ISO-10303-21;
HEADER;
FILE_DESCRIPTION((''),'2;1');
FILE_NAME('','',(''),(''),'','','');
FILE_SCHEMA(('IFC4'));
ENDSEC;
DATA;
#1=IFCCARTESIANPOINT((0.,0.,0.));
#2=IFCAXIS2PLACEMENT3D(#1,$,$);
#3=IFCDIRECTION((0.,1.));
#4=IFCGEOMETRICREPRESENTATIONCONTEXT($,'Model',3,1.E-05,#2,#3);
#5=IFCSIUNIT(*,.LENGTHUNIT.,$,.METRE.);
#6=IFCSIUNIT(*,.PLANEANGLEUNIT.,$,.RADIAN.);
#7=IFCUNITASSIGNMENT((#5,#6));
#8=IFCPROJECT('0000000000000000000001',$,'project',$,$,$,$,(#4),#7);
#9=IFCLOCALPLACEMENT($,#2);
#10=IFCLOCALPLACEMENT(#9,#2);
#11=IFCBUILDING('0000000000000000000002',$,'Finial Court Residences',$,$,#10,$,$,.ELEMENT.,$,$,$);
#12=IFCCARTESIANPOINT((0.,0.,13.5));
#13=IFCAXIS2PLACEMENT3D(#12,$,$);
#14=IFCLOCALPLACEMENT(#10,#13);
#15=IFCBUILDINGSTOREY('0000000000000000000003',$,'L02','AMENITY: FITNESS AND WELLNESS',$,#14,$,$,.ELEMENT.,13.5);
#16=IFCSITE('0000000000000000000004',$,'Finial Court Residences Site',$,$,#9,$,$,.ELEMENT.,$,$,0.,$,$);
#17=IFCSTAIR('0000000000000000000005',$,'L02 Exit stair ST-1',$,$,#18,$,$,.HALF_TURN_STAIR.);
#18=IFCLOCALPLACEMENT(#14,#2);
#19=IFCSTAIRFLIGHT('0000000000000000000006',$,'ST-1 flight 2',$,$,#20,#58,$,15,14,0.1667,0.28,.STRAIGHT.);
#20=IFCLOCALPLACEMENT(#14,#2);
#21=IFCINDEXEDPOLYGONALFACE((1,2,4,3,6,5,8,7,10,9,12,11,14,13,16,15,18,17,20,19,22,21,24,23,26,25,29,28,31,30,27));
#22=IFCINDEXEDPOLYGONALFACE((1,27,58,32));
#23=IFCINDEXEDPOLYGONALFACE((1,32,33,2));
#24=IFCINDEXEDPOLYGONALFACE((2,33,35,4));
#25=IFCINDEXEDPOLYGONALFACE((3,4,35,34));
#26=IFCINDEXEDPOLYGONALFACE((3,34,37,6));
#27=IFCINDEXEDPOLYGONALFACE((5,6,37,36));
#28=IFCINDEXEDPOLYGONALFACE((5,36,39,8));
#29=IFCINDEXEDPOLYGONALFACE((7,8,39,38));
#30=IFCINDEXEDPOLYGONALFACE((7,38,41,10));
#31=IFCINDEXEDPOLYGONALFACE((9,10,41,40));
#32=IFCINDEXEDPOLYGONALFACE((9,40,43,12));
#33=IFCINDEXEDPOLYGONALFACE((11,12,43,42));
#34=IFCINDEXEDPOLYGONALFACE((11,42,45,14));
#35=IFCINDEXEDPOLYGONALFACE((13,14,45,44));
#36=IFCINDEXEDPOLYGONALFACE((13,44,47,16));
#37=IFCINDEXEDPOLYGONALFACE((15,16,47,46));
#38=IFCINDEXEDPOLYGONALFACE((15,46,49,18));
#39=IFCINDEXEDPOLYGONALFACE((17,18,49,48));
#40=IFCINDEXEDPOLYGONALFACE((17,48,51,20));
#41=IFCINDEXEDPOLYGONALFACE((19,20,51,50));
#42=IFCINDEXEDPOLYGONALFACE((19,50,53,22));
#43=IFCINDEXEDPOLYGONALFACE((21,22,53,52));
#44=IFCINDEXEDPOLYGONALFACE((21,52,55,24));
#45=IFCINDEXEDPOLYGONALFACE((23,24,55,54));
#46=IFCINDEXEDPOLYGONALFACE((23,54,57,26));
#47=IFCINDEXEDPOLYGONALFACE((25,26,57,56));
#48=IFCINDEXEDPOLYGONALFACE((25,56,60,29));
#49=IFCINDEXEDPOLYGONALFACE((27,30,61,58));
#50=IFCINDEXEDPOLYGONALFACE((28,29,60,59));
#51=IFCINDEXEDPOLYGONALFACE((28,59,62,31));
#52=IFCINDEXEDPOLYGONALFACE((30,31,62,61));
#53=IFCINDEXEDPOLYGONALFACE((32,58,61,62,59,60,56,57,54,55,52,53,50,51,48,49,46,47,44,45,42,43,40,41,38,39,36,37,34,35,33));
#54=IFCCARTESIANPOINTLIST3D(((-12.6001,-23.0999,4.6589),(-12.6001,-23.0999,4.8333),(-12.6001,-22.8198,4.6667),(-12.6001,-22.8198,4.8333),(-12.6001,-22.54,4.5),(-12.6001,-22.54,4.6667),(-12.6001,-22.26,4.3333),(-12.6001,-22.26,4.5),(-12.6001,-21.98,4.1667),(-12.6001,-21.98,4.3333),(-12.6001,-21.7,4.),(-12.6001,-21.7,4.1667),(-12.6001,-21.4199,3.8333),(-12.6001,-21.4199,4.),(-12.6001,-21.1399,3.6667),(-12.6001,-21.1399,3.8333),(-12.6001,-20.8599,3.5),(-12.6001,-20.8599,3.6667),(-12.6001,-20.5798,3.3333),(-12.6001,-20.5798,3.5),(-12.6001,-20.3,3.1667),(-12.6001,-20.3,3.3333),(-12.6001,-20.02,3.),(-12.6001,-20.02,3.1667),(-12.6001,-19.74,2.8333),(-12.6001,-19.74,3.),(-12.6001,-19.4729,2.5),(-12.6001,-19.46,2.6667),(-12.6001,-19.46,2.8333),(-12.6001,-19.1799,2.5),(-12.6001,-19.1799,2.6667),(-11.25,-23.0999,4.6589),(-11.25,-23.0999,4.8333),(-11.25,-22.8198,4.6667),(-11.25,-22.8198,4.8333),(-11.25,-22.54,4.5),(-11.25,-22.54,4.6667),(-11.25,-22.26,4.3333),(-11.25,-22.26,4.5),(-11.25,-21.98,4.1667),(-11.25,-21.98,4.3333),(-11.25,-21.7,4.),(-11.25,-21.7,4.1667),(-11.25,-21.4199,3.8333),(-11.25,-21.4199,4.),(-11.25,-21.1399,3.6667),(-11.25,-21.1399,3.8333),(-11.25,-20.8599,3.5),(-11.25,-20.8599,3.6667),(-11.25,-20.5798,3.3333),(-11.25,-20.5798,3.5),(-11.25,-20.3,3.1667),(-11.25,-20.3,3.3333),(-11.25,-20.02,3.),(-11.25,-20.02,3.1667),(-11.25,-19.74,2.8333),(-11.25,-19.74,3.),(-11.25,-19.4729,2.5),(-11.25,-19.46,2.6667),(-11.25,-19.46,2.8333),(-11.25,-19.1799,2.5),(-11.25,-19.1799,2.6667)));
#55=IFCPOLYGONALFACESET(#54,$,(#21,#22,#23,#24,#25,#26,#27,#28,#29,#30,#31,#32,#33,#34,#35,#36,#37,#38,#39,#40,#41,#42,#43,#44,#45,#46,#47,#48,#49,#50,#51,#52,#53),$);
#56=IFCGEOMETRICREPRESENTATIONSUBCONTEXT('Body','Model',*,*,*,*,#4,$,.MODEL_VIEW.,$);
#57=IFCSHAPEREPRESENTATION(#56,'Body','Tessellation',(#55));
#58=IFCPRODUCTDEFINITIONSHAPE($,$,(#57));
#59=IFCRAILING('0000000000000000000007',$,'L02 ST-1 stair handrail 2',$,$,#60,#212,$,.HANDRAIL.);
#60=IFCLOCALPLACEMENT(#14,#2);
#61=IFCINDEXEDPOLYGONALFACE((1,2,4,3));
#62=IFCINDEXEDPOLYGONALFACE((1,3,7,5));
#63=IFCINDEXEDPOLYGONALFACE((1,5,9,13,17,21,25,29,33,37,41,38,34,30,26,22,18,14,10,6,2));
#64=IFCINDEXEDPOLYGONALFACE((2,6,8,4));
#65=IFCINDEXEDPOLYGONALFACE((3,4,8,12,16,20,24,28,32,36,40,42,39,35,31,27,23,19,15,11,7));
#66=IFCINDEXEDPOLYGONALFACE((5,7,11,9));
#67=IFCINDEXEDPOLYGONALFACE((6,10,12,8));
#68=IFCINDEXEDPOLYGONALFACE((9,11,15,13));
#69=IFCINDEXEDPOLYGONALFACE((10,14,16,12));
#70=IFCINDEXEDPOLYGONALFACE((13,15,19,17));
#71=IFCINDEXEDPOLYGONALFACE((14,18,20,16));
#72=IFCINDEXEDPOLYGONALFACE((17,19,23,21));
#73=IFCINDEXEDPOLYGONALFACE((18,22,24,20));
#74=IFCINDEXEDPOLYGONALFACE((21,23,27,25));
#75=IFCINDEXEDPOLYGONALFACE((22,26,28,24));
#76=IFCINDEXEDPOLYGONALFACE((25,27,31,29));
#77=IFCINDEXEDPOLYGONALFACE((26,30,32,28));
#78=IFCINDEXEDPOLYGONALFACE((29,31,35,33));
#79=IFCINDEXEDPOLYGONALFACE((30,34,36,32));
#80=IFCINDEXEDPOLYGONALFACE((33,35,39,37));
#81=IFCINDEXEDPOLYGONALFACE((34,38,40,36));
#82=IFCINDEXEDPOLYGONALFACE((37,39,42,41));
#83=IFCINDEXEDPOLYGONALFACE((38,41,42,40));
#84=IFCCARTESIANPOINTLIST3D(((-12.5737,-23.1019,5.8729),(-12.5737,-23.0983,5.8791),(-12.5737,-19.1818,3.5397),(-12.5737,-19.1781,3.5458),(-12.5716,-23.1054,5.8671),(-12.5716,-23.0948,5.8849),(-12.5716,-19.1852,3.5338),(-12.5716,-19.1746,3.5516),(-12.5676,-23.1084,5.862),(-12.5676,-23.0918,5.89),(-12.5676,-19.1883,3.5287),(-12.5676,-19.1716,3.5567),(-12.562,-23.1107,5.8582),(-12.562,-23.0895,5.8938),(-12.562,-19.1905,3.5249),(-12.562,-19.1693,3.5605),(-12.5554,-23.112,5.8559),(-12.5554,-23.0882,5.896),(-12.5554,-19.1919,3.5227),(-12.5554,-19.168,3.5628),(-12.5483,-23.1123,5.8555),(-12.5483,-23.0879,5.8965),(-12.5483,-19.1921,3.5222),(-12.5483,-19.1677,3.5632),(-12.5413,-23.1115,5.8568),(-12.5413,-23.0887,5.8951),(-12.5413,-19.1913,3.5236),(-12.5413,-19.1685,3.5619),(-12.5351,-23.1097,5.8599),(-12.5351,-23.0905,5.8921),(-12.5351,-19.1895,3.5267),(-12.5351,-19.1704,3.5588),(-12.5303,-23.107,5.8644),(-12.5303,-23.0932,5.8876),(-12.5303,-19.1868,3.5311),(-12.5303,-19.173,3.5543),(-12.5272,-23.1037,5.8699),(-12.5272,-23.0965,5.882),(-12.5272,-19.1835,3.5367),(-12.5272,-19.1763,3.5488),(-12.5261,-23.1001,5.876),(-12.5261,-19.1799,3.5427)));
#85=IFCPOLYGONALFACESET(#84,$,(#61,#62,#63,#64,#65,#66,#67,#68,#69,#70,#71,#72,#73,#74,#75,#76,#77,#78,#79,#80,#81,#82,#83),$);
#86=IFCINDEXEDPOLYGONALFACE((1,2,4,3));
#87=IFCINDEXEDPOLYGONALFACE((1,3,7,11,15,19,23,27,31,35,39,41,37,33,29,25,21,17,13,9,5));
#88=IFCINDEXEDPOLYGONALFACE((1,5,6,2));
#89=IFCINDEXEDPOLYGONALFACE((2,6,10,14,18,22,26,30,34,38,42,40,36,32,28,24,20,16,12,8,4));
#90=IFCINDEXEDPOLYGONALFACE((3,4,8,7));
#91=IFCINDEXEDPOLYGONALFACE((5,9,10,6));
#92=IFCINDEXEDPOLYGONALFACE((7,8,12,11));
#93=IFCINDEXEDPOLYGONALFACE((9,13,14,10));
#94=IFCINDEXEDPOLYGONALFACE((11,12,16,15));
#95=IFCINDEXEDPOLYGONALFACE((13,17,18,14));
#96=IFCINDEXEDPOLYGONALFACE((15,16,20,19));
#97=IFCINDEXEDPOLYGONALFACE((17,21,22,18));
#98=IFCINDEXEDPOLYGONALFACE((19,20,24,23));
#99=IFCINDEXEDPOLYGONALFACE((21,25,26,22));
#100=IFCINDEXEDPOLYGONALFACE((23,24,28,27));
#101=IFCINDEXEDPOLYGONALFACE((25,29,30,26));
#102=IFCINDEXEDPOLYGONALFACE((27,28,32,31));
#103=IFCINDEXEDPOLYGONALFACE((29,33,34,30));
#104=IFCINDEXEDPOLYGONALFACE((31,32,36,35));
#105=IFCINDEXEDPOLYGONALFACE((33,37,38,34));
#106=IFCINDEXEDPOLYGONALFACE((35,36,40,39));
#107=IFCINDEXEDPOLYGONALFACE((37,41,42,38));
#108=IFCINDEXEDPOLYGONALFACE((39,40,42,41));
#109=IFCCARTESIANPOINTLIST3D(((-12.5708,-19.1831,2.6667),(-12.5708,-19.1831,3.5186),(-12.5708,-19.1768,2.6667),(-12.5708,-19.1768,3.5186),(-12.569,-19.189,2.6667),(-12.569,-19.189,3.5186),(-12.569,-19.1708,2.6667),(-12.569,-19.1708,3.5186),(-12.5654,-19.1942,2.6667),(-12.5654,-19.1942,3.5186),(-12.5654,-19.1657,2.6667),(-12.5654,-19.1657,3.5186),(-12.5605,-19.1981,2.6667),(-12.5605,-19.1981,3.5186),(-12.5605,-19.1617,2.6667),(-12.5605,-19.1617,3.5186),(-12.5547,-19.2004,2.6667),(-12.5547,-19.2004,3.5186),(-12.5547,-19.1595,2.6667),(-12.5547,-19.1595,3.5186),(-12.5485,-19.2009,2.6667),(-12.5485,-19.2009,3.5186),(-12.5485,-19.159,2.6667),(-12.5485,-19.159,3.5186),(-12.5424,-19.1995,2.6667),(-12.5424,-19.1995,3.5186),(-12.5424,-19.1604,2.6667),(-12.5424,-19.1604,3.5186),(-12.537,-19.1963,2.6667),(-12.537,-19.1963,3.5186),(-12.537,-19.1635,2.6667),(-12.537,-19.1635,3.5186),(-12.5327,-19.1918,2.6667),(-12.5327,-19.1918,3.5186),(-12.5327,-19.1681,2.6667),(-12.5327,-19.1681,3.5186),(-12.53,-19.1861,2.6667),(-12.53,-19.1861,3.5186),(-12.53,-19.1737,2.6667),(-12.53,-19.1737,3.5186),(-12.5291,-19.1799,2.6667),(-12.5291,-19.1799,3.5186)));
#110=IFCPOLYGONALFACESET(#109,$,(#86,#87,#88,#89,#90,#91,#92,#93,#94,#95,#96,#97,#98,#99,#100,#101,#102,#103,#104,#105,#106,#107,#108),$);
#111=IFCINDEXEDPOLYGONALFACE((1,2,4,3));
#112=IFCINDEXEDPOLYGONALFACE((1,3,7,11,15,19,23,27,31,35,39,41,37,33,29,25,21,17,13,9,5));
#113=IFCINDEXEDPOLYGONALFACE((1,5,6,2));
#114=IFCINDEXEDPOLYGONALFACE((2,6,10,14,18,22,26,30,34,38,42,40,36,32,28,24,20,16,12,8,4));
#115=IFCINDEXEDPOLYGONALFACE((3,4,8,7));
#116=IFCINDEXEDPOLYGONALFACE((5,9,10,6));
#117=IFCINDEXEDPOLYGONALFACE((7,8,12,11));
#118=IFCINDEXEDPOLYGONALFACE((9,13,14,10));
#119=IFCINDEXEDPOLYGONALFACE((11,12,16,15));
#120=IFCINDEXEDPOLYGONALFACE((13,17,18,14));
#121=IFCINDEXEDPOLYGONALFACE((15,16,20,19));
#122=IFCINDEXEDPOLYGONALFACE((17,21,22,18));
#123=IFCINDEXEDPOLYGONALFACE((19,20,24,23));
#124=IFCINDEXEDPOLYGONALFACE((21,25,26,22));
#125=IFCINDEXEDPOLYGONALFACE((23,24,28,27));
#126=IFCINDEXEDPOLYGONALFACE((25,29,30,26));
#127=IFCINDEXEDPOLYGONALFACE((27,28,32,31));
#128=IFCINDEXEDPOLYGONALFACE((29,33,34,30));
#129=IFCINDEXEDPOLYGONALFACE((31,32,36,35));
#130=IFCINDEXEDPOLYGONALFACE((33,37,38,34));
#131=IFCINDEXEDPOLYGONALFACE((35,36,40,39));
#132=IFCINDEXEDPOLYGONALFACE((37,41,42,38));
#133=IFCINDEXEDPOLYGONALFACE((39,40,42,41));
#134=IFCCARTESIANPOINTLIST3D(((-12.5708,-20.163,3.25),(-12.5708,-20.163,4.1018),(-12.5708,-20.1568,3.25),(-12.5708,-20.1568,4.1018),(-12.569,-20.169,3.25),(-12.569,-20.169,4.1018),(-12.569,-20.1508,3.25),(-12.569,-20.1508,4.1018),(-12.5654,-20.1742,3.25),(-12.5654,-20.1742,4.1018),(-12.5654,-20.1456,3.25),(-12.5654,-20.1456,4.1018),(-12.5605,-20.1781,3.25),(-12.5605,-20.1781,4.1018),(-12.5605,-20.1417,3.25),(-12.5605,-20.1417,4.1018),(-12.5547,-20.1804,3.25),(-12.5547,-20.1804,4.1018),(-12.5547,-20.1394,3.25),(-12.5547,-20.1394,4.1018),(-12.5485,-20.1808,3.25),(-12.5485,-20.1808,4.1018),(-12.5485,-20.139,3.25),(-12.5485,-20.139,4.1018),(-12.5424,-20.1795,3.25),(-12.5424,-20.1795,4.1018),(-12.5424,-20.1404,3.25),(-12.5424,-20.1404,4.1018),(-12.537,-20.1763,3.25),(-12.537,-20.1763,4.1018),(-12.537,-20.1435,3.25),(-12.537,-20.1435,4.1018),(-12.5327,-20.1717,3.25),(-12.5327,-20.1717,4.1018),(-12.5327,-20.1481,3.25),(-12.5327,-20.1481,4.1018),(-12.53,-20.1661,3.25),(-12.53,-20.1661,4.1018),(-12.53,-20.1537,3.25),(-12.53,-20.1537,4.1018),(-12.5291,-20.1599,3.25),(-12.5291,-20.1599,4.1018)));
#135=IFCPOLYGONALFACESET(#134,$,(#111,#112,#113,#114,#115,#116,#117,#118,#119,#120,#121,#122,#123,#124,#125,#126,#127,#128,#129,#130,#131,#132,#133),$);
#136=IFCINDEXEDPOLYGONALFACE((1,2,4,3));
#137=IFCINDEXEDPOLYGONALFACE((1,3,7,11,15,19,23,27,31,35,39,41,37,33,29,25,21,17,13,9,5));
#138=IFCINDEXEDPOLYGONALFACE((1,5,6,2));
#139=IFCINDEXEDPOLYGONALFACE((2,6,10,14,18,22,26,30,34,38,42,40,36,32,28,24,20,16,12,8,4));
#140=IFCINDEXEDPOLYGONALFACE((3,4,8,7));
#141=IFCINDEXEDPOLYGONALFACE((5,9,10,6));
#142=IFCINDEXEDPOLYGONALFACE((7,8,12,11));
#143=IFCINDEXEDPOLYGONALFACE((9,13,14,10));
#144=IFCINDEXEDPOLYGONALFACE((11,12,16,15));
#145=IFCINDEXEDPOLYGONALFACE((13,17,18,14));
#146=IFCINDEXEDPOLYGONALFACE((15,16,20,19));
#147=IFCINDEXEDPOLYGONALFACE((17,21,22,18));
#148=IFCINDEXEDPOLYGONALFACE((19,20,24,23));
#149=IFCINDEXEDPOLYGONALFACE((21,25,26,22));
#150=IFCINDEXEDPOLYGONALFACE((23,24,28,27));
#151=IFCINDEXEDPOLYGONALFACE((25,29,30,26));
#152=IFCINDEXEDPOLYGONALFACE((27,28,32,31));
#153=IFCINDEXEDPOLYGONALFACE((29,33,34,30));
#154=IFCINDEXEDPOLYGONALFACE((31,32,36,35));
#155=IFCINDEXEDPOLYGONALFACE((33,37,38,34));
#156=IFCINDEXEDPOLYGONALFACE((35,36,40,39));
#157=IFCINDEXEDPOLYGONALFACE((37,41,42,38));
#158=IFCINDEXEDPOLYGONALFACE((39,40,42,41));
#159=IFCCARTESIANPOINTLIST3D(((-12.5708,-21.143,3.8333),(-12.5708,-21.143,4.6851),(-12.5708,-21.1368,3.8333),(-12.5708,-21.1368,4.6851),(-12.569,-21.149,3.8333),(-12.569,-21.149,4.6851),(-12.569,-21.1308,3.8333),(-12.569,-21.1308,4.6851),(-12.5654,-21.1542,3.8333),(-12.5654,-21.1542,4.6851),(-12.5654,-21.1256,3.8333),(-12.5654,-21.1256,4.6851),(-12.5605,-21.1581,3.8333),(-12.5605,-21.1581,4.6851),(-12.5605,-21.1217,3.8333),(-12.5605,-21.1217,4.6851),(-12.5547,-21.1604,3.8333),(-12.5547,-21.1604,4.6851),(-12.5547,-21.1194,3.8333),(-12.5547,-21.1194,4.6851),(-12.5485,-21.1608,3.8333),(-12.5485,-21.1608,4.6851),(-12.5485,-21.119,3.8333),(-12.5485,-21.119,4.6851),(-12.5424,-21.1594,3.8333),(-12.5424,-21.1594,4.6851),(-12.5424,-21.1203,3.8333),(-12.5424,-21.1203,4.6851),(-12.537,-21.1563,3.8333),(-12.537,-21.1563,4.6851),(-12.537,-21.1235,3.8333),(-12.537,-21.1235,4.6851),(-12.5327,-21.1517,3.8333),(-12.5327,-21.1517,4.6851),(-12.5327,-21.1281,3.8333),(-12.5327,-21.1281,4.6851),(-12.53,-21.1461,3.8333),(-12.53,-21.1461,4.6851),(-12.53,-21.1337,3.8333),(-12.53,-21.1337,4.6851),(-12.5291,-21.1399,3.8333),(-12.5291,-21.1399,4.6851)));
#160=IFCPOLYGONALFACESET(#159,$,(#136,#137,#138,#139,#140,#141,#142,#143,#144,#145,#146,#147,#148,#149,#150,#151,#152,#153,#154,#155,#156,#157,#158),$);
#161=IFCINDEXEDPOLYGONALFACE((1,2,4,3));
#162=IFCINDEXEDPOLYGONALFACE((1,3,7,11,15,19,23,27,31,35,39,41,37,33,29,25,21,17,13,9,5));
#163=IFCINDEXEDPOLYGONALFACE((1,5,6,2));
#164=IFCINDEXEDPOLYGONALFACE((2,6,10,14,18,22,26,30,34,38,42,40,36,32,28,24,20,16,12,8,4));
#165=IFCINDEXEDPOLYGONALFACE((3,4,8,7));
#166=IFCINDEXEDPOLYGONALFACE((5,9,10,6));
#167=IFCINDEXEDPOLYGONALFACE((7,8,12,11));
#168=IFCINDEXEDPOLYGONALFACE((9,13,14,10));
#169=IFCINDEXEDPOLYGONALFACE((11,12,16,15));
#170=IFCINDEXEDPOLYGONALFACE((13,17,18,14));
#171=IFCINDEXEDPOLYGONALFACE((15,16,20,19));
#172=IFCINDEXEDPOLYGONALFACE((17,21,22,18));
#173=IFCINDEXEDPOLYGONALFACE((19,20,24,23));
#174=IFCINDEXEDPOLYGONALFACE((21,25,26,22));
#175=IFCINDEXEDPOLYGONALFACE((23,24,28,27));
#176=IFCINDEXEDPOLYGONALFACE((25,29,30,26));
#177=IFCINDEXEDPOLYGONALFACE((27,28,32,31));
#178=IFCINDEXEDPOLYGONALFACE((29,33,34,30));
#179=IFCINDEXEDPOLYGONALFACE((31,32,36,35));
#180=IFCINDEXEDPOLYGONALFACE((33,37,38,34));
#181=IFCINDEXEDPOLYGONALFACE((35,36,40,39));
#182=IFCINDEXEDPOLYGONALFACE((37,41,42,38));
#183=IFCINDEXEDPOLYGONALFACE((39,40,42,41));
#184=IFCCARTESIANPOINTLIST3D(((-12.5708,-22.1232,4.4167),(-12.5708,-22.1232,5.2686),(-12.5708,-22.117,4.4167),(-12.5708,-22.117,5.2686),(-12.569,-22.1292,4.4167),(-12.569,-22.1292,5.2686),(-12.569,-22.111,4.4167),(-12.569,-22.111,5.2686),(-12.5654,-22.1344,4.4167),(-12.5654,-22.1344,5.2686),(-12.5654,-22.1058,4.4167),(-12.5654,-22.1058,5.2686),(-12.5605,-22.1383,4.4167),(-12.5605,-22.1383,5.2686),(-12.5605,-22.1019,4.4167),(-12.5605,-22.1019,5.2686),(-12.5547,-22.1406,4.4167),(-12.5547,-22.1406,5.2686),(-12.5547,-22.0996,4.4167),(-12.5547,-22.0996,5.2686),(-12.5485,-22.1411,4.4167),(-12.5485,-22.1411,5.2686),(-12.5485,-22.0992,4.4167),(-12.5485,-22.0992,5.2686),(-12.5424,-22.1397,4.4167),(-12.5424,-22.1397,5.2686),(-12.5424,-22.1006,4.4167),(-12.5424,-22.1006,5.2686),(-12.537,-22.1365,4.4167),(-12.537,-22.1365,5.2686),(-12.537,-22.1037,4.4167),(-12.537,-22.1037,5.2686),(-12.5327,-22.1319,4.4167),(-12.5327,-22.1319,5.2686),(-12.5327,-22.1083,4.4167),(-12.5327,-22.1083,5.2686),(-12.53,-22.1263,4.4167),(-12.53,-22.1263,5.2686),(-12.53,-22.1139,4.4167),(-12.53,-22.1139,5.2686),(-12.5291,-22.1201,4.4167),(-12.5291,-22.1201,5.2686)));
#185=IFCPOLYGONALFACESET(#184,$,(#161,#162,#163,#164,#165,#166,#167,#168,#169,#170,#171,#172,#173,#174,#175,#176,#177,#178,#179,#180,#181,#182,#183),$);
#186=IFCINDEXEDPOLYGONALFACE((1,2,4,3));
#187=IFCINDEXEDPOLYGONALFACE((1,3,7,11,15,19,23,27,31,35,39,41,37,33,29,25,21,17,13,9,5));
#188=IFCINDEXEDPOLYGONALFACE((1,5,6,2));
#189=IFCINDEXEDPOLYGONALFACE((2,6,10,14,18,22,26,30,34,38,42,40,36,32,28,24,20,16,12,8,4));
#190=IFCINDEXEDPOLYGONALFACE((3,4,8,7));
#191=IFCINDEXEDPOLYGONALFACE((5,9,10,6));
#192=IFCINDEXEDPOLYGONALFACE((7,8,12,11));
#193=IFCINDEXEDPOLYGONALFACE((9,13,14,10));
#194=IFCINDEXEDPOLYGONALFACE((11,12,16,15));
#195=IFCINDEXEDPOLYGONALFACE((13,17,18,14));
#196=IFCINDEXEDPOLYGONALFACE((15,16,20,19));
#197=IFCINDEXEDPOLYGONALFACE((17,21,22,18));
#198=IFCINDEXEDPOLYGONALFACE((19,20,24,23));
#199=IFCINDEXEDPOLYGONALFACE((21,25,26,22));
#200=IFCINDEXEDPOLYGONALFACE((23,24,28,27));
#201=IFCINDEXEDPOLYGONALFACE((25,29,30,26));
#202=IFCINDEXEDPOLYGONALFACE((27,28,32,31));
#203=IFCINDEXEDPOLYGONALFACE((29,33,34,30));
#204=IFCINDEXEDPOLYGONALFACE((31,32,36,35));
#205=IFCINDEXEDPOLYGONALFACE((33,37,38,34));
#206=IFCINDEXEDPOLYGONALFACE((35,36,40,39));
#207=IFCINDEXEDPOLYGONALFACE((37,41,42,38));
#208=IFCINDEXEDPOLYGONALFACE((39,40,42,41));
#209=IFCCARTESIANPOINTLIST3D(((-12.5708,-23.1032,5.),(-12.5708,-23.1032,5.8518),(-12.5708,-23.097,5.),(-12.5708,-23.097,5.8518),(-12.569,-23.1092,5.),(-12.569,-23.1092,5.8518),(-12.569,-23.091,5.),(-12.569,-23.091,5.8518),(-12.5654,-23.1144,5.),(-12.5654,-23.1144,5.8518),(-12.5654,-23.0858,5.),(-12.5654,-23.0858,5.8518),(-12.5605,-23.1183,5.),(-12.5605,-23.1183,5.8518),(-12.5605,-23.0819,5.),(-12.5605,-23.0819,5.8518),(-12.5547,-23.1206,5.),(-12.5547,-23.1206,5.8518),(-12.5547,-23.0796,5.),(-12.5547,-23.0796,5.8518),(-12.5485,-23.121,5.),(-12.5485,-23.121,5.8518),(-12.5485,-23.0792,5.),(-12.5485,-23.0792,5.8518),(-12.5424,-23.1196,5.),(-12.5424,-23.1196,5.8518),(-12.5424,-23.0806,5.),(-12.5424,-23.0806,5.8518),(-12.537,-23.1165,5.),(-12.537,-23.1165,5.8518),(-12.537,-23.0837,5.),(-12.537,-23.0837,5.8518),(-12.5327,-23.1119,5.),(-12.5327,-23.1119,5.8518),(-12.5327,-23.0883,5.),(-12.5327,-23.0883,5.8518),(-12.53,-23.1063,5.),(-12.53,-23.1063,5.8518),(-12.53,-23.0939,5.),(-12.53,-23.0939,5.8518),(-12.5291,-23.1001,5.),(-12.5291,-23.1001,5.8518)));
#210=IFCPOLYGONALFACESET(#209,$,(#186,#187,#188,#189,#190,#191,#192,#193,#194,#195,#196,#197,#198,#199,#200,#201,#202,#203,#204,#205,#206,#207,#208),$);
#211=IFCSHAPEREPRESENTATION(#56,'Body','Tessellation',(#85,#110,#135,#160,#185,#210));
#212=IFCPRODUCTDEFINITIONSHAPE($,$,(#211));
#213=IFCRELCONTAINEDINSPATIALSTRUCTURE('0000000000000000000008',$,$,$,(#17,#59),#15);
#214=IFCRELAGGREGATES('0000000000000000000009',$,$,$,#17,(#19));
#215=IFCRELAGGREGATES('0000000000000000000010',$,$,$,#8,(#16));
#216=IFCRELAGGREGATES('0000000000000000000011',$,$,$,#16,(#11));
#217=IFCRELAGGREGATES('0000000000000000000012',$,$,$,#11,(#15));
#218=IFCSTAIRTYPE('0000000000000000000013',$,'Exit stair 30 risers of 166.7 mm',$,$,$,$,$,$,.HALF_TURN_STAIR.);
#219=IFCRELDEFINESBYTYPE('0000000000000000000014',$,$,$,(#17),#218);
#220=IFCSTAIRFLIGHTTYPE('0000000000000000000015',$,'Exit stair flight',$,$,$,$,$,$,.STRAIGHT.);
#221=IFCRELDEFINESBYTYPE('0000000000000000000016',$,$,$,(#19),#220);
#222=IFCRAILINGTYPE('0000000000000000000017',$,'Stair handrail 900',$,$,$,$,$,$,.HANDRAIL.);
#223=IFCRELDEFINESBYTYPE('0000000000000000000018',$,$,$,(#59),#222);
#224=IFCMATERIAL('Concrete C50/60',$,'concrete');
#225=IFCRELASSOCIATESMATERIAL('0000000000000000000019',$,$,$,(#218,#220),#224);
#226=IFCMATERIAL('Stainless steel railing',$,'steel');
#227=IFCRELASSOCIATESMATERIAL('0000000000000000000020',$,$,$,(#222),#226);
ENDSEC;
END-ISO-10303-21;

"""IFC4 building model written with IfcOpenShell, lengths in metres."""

from ifc_helpers import new_model, si_unit, direction, frame, origin, origin_2d, place, context, subcontext, project, spatial, polyline, circle, outline, extrude, material, type_object, element, aggregate, save


model = new_model("IFC4")

# Units and contexts
model_context = context("Model", 3, precision=1e-05, world=origin(), true_north=direction((0.0, 1.0)))
body_context = subcontext(model_context, "Body", "Model", "MODEL_VIEW")
ifc_project = project(units=[si_unit("LENGTHUNIT", "METRE"), si_unit("PLANEANGLEUNIT", "RADIAN")], contexts=[model_context])

# Site, building, storey
site_placement = place(None, origin())
site = spatial("IfcSite", under=ifc_project, at=site_placement, Name="Finial Court Residences Site", CompositionType="ELEMENT", RefElevation=0.0)
building_placement = place(site_placement, origin())
building = spatial("IfcBuilding", under=site, at=building_placement, Name="Finial Court Residences", CompositionType="ELEMENT")
storey_placement = place(building_placement, frame((0.0, 0.0, 13.5)))
storey = spatial("IfcBuildingStorey", under=building, at=storey_placement, Name="L02", Description="AMENITY: FITNESS AND WELLNESS", CompositionType="ELEMENT", Elevation=13.5)

# Stair, stair flight
ifc_material_1 = material(Name="Concrete C50/60", Category="concrete")
stair_type = type_object("IfcStairType", Name="Exit stair 30 risers of 166.7 mm", PredefinedType="HALF_TURN_STAIR", material=ifc_material_1)
stair_placement = place(storey_placement, origin())
stair = element("IfcStair", 1, at=stair_placement, inside=storey, type_object=stair_type, Name="L02 Exit stair ST-1", PredefinedType="HALF_TURN_STAIR")
stair_flight_type = type_object("IfcStairFlightType", Name="Exit stair flight", PredefinedType="STRAIGHT", material=ifc_material_1)
stair_flight_placement = place(storey_placement, frame((-11.925, -19.1799, 2.5), z_axis=(0.0, 0.0, 1.0), x_axis=(0.0, -1.0, 0.0)))
stair_flight = element("IfcStairFlight", 2, at=stair_flight_placement, type_object=stair_flight_type, Name="ST-1 flight 2", NumberOfRisers=15, NumberOfTreads=14, PredefinedType="STRAIGHT", RiserHeight=0.1667, TreadLength=0.28, context=body_context, shape_type="SweptSolid", body=[
    extrude(outline(polyline([(0.0, 0.0), (0.0, 0.1667), (0.28, 0.1667), (0.28, 0.3333), (0.5601, 0.3333), (0.5601, 0.5), (0.8401, 0.5), (0.8401, 0.6667), (1.1201, 0.6667), (1.1201, 0.8333), (1.3999, 0.8333), (1.3999, 1.0), (1.6799, 1.0), (1.6799, 1.1667), (1.96, 1.1667), (1.96, 1.3333), (2.24, 1.3333), (2.24, 1.5), (2.52, 1.5), (2.52, 1.6667), (2.8, 1.6667), (2.8, 1.8333), (3.0801, 1.8333), (3.0801, 2.0), (3.3601, 2.0), (3.3601, 2.1667), (3.6399, 2.1667), (3.6399, 2.3333), (3.9199, 2.3333), (3.9199, 2.5), (3.9199, 2.1589), (0.293, 0.0), (0.0, 0.0)])), frame((0.0, 0.675, 0.0), z_axis=(0.0, -1.0, 0.0), x_axis=(1.0, 0.0, 0.0)), (0.0, 0.0, 1.0), 1.3501),
])
aggregate(stair, [stair_flight])

# Railing
ifc_material_2 = material(Name="Stainless steel railing", Category="steel")
railing_type = type_object("IfcRailingType", Name="Stair handrail 900", PredefinedType="HANDRAIL", material=ifc_material_2)
railing_placement = place(storey_placement, frame((-12.55, -19.1799, 2.6667)))
element("IfcRailing", 3, at=railing_placement, inside=storey, type_object=railing_type, Name="L02 ST-1 stair handrail 2", PredefinedType="HANDRAIL", context=body_context, shape_type="SweptSolid", body=[
    extrude(circle(Radius=0.0239, at=origin_2d()), frame((0.0, 0.0, 0.876), z_axis=(0.0, -0.85931, 0.511455), x_axis=(1.0, 0.0, 0.0)), (0.0, 0.0, 1.0), 4.562),
    extrude(circle(Radius=0.021, at=origin_2d()), origin(), (0.0, 0.0, 1.0), 0.8518),
    extrude(circle(Radius=0.021, at=origin_2d()), frame((0.0, -0.98, 0.5833)), (0.0, 0.0, 1.0), 0.8518),
    extrude(circle(Radius=0.021, at=origin_2d()), frame((0.0, -1.96, 1.1665)), (0.0, 0.0, 1.0), 0.8518),
    extrude(circle(Radius=0.021, at=origin_2d()), frame((0.0, -2.9402, 1.75)), (0.0, 0.0, 1.0), 0.8518),
    extrude(circle(Radius=0.021, at=origin_2d()), frame((0.0, -3.9202, 2.3333)), (0.0, 0.0, 1.0), 0.8518),
])

save(model, "model.ifc")
